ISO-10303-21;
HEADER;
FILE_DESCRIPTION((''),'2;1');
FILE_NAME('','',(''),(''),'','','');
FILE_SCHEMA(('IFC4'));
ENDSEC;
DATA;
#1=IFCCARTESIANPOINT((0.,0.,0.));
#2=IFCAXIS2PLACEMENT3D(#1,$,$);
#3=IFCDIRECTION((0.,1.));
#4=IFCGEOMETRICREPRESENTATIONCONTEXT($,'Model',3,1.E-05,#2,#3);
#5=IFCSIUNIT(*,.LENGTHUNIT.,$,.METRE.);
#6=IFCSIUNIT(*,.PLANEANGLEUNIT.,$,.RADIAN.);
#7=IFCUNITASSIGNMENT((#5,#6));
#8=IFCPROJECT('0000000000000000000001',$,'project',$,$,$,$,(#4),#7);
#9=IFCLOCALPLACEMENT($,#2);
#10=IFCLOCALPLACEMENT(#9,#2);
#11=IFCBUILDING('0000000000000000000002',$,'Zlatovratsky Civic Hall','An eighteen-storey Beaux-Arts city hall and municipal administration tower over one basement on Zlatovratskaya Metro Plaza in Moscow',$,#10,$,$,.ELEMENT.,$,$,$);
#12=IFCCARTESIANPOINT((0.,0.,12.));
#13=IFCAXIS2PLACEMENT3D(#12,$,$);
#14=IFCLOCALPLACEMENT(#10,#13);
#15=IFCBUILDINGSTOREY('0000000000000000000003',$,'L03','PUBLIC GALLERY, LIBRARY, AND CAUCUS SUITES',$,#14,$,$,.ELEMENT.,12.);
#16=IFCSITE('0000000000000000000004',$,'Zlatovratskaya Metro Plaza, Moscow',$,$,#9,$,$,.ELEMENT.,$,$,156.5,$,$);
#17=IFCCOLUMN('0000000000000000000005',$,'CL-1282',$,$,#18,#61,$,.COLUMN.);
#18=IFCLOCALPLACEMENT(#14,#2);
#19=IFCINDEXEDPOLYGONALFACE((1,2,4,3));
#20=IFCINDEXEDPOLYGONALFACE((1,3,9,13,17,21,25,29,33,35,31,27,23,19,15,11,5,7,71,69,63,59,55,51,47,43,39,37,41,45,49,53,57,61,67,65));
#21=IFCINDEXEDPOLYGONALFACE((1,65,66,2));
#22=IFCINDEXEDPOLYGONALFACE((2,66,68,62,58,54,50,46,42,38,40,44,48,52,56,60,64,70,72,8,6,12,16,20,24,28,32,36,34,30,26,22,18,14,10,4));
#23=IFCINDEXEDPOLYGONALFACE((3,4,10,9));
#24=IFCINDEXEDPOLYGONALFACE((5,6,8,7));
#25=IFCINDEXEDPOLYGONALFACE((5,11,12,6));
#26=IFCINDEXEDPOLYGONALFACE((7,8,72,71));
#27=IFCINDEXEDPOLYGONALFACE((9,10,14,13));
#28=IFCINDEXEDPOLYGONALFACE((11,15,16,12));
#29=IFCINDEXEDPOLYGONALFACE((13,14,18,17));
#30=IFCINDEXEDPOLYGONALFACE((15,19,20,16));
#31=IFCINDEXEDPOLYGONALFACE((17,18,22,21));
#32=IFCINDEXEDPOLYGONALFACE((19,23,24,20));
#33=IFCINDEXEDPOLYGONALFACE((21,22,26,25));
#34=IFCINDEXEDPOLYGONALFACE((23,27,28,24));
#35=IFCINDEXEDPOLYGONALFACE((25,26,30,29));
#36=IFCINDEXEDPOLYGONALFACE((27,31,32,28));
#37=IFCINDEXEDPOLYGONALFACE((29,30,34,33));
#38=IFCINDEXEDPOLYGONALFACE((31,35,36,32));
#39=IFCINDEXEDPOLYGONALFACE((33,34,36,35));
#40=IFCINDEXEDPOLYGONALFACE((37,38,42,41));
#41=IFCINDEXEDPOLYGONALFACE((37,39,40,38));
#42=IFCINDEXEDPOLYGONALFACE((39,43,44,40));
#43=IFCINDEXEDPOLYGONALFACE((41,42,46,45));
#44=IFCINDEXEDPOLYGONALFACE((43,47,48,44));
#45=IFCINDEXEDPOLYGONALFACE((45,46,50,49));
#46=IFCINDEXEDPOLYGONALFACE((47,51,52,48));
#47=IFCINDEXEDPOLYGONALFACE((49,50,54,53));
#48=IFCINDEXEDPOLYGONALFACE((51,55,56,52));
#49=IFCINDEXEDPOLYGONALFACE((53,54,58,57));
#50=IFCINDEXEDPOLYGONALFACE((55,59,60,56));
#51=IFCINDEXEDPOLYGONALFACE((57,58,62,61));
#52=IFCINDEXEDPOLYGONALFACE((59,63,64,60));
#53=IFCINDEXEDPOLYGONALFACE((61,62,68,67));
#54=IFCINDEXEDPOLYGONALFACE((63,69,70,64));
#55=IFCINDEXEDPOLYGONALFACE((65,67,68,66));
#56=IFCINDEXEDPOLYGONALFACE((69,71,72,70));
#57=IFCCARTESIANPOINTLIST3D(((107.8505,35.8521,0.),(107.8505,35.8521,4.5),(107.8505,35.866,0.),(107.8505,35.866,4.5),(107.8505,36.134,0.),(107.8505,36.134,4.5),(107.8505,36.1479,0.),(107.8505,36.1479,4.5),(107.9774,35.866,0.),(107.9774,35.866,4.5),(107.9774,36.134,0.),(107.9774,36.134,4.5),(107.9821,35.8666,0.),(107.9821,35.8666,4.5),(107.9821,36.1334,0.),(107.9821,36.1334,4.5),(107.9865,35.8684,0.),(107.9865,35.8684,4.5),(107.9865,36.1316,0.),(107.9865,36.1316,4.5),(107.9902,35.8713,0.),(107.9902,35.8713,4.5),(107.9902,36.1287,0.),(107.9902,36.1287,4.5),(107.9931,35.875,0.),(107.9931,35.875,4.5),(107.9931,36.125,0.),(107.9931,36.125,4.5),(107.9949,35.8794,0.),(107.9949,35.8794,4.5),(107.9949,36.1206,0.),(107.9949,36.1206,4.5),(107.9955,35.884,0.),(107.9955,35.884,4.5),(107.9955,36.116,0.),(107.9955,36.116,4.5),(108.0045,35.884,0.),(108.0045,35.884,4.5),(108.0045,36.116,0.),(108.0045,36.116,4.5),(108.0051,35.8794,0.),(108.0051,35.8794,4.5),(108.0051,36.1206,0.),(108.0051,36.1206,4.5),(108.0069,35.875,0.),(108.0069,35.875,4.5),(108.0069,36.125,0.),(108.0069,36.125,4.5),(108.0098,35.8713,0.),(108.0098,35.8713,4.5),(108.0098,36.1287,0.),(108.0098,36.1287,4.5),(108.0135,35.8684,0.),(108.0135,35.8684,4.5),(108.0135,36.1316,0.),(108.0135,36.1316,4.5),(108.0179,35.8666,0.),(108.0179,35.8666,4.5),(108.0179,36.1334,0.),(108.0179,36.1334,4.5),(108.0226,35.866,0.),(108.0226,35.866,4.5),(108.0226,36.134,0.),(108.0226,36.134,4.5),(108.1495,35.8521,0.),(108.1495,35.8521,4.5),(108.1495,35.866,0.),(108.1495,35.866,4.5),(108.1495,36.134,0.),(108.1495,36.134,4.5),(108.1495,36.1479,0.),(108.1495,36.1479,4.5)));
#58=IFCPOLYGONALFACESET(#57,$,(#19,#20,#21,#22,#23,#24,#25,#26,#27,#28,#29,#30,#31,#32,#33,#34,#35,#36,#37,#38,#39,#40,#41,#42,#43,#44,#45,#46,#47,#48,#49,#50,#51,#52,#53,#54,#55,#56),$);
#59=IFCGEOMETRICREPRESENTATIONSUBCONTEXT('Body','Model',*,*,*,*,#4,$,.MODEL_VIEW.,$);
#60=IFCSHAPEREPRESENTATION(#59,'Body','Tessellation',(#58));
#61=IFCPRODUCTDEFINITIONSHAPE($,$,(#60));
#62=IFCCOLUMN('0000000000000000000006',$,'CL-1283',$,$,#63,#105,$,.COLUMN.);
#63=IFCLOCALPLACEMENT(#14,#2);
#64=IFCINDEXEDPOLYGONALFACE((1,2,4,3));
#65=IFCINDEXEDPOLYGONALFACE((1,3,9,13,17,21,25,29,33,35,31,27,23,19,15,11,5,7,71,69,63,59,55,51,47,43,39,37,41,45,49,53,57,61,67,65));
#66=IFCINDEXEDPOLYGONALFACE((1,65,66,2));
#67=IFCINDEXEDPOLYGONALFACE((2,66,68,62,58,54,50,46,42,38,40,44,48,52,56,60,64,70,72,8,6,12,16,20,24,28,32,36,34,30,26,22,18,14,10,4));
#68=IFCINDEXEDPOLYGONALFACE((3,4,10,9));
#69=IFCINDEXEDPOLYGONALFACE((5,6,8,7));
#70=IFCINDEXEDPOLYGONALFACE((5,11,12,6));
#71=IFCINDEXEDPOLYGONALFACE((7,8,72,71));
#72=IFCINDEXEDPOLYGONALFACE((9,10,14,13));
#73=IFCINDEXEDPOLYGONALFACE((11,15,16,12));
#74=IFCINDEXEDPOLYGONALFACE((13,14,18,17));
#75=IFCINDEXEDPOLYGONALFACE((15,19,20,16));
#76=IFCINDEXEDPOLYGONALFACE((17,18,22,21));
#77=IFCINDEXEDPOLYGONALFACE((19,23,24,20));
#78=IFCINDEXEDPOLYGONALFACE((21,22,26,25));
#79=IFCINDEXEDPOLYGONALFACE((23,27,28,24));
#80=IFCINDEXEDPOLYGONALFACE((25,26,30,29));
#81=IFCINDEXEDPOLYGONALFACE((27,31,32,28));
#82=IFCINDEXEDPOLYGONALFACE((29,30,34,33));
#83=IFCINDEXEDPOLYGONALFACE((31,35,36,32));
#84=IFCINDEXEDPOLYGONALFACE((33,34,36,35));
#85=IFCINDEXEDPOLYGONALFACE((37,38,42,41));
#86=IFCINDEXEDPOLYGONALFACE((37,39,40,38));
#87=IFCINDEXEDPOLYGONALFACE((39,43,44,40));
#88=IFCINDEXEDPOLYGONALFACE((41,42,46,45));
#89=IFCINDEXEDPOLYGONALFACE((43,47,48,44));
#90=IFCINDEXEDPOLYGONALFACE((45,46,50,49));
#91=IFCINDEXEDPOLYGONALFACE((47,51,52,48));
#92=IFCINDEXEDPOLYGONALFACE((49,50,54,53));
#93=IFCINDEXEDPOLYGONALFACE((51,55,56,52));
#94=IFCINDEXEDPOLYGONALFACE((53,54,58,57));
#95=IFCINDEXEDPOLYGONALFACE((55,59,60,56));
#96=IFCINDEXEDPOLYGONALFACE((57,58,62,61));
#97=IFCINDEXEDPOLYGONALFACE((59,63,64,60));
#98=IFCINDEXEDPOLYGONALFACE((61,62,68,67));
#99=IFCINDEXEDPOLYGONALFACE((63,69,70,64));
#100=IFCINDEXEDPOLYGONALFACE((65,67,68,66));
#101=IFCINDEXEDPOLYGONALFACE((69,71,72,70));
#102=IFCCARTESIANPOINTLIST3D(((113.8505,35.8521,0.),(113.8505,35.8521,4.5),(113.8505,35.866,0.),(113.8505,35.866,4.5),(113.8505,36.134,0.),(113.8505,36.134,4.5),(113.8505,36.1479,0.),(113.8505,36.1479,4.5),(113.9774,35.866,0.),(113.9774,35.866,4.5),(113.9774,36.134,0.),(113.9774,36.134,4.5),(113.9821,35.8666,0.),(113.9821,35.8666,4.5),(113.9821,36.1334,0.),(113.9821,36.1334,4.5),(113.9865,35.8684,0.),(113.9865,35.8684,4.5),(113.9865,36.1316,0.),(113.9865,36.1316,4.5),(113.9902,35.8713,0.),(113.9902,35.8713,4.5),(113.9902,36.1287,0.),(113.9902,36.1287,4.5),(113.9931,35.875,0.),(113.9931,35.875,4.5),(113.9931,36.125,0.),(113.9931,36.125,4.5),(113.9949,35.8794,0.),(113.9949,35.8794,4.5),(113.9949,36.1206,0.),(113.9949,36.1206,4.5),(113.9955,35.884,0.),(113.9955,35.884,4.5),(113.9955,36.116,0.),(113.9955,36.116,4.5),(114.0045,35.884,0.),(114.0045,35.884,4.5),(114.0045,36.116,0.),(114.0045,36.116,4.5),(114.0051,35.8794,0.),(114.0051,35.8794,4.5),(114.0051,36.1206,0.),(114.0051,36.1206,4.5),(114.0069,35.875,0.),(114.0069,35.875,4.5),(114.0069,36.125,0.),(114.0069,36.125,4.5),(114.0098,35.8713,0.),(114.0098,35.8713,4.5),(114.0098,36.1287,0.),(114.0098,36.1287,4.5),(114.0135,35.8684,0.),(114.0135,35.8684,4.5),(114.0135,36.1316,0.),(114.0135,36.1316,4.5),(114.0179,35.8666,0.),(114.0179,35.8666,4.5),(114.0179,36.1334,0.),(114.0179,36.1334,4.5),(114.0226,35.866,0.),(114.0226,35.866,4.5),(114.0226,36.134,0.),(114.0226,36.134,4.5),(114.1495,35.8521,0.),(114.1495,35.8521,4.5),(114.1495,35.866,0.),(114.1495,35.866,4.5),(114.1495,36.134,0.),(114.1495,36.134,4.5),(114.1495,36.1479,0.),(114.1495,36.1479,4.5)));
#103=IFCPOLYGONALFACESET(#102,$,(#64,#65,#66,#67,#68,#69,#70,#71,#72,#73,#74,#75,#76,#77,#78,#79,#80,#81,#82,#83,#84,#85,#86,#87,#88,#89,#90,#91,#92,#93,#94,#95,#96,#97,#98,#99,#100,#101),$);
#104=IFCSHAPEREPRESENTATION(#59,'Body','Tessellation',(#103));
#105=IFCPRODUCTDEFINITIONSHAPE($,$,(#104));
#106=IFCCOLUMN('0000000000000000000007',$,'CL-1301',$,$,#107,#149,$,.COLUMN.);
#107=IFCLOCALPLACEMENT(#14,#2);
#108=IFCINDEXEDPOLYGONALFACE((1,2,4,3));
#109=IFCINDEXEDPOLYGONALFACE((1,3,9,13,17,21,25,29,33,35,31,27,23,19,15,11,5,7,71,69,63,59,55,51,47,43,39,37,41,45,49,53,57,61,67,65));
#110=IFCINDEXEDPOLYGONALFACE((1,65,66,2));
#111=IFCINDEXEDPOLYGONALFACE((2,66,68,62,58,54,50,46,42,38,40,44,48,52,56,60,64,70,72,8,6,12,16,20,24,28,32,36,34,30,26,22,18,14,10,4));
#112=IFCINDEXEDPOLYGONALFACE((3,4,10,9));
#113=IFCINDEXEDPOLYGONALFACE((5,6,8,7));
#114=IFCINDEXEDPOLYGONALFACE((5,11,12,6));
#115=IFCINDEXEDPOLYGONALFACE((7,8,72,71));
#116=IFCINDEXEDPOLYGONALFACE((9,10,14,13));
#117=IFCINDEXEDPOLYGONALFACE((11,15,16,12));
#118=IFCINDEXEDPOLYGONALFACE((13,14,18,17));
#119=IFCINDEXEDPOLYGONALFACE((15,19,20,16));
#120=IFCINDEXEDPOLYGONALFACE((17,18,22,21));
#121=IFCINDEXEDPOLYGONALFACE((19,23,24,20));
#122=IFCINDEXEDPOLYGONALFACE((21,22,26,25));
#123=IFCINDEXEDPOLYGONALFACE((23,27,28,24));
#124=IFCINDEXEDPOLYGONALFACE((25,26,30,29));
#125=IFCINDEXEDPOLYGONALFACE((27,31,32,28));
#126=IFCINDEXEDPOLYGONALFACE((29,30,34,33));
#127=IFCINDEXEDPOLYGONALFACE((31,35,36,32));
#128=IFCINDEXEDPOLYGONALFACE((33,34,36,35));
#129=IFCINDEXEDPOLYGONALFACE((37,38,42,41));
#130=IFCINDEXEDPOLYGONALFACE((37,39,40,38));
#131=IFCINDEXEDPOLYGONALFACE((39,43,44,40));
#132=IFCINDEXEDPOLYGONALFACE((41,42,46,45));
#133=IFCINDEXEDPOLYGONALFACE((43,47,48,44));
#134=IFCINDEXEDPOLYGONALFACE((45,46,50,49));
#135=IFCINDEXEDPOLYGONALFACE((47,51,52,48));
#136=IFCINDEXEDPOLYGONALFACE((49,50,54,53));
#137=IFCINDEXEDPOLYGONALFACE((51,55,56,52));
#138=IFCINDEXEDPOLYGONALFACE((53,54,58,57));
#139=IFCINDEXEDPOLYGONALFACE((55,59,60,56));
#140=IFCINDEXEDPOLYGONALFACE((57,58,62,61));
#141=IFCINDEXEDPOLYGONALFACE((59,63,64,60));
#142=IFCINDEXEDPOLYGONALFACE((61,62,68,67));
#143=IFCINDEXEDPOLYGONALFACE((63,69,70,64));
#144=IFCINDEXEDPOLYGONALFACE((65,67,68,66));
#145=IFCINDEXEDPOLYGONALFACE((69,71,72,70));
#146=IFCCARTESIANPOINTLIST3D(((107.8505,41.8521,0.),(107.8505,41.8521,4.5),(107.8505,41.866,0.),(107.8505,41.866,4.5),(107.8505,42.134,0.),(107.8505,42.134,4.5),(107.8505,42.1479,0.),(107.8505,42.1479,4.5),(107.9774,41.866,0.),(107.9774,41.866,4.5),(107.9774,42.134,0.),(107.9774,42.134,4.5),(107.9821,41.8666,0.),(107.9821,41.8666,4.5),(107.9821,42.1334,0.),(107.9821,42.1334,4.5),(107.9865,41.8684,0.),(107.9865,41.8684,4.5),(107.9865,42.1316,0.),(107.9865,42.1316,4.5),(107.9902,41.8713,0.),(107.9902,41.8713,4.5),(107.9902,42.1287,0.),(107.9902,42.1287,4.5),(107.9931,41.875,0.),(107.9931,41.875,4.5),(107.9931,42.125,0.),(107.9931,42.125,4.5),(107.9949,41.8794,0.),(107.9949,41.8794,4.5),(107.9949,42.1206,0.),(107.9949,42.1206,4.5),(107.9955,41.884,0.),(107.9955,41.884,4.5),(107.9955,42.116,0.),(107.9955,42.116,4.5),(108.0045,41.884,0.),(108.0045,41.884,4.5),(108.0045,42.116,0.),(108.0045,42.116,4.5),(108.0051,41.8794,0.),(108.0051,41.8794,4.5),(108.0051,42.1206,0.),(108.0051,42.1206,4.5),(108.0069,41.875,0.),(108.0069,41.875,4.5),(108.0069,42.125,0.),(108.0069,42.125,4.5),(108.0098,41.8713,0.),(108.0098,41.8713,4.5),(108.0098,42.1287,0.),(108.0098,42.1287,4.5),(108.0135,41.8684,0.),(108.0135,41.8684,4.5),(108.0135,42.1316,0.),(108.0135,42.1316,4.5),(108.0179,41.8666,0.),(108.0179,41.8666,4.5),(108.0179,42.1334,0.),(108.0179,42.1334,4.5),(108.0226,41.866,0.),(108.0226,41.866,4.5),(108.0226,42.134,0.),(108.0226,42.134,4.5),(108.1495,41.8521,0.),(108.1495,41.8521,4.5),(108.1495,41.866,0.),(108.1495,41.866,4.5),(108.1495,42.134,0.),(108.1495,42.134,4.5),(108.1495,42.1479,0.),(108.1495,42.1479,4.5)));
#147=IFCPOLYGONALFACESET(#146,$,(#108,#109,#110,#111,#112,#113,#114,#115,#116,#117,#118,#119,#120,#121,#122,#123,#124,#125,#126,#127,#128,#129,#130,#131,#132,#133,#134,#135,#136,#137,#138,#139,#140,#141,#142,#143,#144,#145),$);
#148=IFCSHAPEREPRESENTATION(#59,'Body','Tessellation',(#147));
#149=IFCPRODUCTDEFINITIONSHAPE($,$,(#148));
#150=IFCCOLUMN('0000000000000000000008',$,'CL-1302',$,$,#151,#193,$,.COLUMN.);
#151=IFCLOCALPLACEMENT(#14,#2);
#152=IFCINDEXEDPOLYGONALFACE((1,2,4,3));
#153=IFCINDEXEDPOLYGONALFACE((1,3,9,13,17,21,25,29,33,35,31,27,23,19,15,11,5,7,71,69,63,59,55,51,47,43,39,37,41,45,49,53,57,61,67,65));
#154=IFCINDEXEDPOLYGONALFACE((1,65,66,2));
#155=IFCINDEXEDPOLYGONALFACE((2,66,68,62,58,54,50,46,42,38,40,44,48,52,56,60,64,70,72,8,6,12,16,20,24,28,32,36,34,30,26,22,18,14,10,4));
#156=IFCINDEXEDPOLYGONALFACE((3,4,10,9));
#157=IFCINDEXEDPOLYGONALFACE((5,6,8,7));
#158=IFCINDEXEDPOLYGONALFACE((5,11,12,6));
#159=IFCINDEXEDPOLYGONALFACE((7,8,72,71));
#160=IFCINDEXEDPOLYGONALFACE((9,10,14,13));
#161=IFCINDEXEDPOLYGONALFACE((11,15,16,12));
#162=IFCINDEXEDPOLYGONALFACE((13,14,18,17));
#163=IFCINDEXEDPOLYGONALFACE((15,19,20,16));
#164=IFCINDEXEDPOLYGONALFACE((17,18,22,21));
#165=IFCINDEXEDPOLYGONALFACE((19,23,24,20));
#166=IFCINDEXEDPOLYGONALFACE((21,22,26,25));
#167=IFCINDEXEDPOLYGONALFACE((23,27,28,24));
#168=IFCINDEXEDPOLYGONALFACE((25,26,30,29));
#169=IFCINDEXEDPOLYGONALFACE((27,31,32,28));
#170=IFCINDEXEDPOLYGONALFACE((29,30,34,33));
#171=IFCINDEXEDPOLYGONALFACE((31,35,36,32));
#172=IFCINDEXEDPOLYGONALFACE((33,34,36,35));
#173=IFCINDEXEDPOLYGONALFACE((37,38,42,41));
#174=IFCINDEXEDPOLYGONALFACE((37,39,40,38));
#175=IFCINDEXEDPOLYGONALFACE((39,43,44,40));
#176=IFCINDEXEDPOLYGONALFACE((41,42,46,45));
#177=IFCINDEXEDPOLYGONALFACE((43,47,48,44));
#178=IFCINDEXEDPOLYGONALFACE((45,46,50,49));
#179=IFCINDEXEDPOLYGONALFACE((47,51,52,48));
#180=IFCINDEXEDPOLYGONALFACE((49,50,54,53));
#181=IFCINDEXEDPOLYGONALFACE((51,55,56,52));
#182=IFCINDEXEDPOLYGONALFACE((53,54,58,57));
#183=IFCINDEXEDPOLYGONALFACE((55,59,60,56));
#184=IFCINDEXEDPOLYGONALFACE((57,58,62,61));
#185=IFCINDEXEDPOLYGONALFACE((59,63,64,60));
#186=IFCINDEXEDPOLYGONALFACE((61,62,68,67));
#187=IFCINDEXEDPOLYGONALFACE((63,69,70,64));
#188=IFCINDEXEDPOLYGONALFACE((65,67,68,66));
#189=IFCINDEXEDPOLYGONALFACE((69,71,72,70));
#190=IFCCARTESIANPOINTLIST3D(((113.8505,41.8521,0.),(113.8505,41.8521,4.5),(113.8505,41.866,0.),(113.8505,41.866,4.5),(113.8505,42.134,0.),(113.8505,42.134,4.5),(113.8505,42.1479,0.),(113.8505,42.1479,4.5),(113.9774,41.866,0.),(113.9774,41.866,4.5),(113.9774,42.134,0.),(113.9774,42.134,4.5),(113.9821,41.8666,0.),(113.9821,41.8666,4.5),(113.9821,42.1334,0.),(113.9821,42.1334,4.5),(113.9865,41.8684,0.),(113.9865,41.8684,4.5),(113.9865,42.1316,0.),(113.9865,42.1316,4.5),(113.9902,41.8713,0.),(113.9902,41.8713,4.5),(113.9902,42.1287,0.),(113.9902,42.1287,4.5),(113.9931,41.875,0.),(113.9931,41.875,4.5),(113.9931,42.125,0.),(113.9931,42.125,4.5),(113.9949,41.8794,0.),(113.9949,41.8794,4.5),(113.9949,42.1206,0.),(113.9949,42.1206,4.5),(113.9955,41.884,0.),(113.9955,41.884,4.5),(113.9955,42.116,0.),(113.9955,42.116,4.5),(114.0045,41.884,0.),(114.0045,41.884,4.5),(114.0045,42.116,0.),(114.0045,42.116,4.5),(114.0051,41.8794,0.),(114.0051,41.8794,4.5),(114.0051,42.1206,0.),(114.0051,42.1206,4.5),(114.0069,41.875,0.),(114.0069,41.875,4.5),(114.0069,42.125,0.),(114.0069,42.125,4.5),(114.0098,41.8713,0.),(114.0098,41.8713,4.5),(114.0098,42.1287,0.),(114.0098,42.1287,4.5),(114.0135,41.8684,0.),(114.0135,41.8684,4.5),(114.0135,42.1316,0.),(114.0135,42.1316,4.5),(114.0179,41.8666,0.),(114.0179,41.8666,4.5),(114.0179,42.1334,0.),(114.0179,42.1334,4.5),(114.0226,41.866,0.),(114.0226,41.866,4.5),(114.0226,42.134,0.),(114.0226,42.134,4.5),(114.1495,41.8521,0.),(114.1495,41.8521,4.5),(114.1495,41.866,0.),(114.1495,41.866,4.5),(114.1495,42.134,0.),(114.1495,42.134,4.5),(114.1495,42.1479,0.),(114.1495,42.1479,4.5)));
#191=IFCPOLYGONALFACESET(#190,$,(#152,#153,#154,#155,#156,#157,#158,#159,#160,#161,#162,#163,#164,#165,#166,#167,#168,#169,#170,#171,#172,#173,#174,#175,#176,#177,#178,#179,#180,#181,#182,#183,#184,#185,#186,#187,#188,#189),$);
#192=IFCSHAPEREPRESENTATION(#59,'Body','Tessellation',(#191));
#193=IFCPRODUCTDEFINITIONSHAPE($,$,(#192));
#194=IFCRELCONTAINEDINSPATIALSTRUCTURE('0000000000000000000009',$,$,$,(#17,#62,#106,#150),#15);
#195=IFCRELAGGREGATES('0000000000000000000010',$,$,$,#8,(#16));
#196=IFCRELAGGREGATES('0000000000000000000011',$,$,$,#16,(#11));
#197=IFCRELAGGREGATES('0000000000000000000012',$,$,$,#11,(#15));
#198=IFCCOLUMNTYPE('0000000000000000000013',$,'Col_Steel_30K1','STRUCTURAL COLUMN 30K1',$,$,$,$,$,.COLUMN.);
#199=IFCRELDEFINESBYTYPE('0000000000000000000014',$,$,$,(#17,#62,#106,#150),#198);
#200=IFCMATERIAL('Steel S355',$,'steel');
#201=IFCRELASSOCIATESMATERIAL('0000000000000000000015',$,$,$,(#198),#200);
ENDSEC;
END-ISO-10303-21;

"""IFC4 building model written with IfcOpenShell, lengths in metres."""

from ifc_helpers import new_model, si_unit, direction, frame, origin, origin_2d, place, context, subcontext, project, spatial, i_section, extrude, material, material_profile, profile_set, type_object, element, save


model = new_model("IFC4")

# Units and contexts
model_context = context("Model", 3, precision=1e-05, world=origin(), true_north=direction((0.0, 1.0)))
body_context = subcontext(model_context, "Body", "Model", "MODEL_VIEW")
ifc_project = project(units=[si_unit("LENGTHUNIT", "METRE"), si_unit("PLANEANGLEUNIT", "RADIAN")], contexts=[model_context])

# Site, building, storey
site_placement = place(None, origin())
site = spatial("IfcSite", under=ifc_project, at=site_placement, Name="Zlatovratskaya Metro Plaza, Moscow", CompositionType="ELEMENT", RefElevation=156.5)
building_placement = place(site_placement, origin())
building = spatial("IfcBuilding", under=site, at=building_placement, Name="Zlatovratsky Civic Hall", Description="An eighteen-storey Beaux-Arts city hall and municipal administration tower over one basement on Zlatovratskaya Metro Plaza in Moscow", CompositionType="ELEMENT")
storey_placement = place(building_placement, frame((0.0, 0.0, 12.0)))
storey = spatial("IfcBuildingStorey", under=building, at=storey_placement, Name="L03", Description="PUBLIC GALLERY, LIBRARY, AND CAUCUS SUITES", CompositionType="ELEMENT", Elevation=12.0)

# Columns
ifc_material_1 = material(Name="Steel S355", Category="steel")
ifc_material_profile_1 = material_profile(ifc_material_1, i_section(OverallWidth=0.2991, OverallDepth=0.2959, WebThickness=0.009, FlangeThickness=0.0139, FilletRadius=0.0181, at=origin_2d()), Name="30K1")
ifc_profile_set_1 = profile_set([ifc_material_profile_1], Name="Steel S355")
column_type = type_object("IfcColumnType", Name="Col_Steel_30K1", Description="STRUCTURAL COLUMN 30K1", PredefinedType="COLUMN", material=ifc_profile_set_1)
for number, where, z_axis, x_axis, name in (
    (1, (108.0, 36.0, 0.0), (0.0, 0.0, 1.0), (1.0, 0.0, 0.0), "CL-1282"),
    (2, (114.0, 36.0, 0.0), (0.0, 0.0, 1.0), (1.0, 0.0, 0.0), "CL-1283"),
    (3, (108.0, 42.0, 0.0), (0.0, 0.0, 1.0), (1.0, 0.0, 0.0), "CL-1301"),
    (4, (114.0, 42.0, 0.0), (0.0, 0.0, 1.0), (1.0, 0.0, 0.0), "CL-1302"),
):
    element("IfcColumn", number, at=place(storey_placement, frame(where, z_axis=z_axis, x_axis=x_axis)), inside=storey, type_object=column_type, Name=name, PredefinedType="COLUMN", context=body_context, shape_type="SweptSolid", body=[
        extrude(i_section(OverallWidth=0.2991, OverallDepth=0.2959, WebThickness=0.009, FlangeThickness=0.0139, FilletRadius=0.0181, at=origin_2d()), origin(), (0.0, 0.0, 1.0), 4.5),
    ])

save(model, "model.ifc")
